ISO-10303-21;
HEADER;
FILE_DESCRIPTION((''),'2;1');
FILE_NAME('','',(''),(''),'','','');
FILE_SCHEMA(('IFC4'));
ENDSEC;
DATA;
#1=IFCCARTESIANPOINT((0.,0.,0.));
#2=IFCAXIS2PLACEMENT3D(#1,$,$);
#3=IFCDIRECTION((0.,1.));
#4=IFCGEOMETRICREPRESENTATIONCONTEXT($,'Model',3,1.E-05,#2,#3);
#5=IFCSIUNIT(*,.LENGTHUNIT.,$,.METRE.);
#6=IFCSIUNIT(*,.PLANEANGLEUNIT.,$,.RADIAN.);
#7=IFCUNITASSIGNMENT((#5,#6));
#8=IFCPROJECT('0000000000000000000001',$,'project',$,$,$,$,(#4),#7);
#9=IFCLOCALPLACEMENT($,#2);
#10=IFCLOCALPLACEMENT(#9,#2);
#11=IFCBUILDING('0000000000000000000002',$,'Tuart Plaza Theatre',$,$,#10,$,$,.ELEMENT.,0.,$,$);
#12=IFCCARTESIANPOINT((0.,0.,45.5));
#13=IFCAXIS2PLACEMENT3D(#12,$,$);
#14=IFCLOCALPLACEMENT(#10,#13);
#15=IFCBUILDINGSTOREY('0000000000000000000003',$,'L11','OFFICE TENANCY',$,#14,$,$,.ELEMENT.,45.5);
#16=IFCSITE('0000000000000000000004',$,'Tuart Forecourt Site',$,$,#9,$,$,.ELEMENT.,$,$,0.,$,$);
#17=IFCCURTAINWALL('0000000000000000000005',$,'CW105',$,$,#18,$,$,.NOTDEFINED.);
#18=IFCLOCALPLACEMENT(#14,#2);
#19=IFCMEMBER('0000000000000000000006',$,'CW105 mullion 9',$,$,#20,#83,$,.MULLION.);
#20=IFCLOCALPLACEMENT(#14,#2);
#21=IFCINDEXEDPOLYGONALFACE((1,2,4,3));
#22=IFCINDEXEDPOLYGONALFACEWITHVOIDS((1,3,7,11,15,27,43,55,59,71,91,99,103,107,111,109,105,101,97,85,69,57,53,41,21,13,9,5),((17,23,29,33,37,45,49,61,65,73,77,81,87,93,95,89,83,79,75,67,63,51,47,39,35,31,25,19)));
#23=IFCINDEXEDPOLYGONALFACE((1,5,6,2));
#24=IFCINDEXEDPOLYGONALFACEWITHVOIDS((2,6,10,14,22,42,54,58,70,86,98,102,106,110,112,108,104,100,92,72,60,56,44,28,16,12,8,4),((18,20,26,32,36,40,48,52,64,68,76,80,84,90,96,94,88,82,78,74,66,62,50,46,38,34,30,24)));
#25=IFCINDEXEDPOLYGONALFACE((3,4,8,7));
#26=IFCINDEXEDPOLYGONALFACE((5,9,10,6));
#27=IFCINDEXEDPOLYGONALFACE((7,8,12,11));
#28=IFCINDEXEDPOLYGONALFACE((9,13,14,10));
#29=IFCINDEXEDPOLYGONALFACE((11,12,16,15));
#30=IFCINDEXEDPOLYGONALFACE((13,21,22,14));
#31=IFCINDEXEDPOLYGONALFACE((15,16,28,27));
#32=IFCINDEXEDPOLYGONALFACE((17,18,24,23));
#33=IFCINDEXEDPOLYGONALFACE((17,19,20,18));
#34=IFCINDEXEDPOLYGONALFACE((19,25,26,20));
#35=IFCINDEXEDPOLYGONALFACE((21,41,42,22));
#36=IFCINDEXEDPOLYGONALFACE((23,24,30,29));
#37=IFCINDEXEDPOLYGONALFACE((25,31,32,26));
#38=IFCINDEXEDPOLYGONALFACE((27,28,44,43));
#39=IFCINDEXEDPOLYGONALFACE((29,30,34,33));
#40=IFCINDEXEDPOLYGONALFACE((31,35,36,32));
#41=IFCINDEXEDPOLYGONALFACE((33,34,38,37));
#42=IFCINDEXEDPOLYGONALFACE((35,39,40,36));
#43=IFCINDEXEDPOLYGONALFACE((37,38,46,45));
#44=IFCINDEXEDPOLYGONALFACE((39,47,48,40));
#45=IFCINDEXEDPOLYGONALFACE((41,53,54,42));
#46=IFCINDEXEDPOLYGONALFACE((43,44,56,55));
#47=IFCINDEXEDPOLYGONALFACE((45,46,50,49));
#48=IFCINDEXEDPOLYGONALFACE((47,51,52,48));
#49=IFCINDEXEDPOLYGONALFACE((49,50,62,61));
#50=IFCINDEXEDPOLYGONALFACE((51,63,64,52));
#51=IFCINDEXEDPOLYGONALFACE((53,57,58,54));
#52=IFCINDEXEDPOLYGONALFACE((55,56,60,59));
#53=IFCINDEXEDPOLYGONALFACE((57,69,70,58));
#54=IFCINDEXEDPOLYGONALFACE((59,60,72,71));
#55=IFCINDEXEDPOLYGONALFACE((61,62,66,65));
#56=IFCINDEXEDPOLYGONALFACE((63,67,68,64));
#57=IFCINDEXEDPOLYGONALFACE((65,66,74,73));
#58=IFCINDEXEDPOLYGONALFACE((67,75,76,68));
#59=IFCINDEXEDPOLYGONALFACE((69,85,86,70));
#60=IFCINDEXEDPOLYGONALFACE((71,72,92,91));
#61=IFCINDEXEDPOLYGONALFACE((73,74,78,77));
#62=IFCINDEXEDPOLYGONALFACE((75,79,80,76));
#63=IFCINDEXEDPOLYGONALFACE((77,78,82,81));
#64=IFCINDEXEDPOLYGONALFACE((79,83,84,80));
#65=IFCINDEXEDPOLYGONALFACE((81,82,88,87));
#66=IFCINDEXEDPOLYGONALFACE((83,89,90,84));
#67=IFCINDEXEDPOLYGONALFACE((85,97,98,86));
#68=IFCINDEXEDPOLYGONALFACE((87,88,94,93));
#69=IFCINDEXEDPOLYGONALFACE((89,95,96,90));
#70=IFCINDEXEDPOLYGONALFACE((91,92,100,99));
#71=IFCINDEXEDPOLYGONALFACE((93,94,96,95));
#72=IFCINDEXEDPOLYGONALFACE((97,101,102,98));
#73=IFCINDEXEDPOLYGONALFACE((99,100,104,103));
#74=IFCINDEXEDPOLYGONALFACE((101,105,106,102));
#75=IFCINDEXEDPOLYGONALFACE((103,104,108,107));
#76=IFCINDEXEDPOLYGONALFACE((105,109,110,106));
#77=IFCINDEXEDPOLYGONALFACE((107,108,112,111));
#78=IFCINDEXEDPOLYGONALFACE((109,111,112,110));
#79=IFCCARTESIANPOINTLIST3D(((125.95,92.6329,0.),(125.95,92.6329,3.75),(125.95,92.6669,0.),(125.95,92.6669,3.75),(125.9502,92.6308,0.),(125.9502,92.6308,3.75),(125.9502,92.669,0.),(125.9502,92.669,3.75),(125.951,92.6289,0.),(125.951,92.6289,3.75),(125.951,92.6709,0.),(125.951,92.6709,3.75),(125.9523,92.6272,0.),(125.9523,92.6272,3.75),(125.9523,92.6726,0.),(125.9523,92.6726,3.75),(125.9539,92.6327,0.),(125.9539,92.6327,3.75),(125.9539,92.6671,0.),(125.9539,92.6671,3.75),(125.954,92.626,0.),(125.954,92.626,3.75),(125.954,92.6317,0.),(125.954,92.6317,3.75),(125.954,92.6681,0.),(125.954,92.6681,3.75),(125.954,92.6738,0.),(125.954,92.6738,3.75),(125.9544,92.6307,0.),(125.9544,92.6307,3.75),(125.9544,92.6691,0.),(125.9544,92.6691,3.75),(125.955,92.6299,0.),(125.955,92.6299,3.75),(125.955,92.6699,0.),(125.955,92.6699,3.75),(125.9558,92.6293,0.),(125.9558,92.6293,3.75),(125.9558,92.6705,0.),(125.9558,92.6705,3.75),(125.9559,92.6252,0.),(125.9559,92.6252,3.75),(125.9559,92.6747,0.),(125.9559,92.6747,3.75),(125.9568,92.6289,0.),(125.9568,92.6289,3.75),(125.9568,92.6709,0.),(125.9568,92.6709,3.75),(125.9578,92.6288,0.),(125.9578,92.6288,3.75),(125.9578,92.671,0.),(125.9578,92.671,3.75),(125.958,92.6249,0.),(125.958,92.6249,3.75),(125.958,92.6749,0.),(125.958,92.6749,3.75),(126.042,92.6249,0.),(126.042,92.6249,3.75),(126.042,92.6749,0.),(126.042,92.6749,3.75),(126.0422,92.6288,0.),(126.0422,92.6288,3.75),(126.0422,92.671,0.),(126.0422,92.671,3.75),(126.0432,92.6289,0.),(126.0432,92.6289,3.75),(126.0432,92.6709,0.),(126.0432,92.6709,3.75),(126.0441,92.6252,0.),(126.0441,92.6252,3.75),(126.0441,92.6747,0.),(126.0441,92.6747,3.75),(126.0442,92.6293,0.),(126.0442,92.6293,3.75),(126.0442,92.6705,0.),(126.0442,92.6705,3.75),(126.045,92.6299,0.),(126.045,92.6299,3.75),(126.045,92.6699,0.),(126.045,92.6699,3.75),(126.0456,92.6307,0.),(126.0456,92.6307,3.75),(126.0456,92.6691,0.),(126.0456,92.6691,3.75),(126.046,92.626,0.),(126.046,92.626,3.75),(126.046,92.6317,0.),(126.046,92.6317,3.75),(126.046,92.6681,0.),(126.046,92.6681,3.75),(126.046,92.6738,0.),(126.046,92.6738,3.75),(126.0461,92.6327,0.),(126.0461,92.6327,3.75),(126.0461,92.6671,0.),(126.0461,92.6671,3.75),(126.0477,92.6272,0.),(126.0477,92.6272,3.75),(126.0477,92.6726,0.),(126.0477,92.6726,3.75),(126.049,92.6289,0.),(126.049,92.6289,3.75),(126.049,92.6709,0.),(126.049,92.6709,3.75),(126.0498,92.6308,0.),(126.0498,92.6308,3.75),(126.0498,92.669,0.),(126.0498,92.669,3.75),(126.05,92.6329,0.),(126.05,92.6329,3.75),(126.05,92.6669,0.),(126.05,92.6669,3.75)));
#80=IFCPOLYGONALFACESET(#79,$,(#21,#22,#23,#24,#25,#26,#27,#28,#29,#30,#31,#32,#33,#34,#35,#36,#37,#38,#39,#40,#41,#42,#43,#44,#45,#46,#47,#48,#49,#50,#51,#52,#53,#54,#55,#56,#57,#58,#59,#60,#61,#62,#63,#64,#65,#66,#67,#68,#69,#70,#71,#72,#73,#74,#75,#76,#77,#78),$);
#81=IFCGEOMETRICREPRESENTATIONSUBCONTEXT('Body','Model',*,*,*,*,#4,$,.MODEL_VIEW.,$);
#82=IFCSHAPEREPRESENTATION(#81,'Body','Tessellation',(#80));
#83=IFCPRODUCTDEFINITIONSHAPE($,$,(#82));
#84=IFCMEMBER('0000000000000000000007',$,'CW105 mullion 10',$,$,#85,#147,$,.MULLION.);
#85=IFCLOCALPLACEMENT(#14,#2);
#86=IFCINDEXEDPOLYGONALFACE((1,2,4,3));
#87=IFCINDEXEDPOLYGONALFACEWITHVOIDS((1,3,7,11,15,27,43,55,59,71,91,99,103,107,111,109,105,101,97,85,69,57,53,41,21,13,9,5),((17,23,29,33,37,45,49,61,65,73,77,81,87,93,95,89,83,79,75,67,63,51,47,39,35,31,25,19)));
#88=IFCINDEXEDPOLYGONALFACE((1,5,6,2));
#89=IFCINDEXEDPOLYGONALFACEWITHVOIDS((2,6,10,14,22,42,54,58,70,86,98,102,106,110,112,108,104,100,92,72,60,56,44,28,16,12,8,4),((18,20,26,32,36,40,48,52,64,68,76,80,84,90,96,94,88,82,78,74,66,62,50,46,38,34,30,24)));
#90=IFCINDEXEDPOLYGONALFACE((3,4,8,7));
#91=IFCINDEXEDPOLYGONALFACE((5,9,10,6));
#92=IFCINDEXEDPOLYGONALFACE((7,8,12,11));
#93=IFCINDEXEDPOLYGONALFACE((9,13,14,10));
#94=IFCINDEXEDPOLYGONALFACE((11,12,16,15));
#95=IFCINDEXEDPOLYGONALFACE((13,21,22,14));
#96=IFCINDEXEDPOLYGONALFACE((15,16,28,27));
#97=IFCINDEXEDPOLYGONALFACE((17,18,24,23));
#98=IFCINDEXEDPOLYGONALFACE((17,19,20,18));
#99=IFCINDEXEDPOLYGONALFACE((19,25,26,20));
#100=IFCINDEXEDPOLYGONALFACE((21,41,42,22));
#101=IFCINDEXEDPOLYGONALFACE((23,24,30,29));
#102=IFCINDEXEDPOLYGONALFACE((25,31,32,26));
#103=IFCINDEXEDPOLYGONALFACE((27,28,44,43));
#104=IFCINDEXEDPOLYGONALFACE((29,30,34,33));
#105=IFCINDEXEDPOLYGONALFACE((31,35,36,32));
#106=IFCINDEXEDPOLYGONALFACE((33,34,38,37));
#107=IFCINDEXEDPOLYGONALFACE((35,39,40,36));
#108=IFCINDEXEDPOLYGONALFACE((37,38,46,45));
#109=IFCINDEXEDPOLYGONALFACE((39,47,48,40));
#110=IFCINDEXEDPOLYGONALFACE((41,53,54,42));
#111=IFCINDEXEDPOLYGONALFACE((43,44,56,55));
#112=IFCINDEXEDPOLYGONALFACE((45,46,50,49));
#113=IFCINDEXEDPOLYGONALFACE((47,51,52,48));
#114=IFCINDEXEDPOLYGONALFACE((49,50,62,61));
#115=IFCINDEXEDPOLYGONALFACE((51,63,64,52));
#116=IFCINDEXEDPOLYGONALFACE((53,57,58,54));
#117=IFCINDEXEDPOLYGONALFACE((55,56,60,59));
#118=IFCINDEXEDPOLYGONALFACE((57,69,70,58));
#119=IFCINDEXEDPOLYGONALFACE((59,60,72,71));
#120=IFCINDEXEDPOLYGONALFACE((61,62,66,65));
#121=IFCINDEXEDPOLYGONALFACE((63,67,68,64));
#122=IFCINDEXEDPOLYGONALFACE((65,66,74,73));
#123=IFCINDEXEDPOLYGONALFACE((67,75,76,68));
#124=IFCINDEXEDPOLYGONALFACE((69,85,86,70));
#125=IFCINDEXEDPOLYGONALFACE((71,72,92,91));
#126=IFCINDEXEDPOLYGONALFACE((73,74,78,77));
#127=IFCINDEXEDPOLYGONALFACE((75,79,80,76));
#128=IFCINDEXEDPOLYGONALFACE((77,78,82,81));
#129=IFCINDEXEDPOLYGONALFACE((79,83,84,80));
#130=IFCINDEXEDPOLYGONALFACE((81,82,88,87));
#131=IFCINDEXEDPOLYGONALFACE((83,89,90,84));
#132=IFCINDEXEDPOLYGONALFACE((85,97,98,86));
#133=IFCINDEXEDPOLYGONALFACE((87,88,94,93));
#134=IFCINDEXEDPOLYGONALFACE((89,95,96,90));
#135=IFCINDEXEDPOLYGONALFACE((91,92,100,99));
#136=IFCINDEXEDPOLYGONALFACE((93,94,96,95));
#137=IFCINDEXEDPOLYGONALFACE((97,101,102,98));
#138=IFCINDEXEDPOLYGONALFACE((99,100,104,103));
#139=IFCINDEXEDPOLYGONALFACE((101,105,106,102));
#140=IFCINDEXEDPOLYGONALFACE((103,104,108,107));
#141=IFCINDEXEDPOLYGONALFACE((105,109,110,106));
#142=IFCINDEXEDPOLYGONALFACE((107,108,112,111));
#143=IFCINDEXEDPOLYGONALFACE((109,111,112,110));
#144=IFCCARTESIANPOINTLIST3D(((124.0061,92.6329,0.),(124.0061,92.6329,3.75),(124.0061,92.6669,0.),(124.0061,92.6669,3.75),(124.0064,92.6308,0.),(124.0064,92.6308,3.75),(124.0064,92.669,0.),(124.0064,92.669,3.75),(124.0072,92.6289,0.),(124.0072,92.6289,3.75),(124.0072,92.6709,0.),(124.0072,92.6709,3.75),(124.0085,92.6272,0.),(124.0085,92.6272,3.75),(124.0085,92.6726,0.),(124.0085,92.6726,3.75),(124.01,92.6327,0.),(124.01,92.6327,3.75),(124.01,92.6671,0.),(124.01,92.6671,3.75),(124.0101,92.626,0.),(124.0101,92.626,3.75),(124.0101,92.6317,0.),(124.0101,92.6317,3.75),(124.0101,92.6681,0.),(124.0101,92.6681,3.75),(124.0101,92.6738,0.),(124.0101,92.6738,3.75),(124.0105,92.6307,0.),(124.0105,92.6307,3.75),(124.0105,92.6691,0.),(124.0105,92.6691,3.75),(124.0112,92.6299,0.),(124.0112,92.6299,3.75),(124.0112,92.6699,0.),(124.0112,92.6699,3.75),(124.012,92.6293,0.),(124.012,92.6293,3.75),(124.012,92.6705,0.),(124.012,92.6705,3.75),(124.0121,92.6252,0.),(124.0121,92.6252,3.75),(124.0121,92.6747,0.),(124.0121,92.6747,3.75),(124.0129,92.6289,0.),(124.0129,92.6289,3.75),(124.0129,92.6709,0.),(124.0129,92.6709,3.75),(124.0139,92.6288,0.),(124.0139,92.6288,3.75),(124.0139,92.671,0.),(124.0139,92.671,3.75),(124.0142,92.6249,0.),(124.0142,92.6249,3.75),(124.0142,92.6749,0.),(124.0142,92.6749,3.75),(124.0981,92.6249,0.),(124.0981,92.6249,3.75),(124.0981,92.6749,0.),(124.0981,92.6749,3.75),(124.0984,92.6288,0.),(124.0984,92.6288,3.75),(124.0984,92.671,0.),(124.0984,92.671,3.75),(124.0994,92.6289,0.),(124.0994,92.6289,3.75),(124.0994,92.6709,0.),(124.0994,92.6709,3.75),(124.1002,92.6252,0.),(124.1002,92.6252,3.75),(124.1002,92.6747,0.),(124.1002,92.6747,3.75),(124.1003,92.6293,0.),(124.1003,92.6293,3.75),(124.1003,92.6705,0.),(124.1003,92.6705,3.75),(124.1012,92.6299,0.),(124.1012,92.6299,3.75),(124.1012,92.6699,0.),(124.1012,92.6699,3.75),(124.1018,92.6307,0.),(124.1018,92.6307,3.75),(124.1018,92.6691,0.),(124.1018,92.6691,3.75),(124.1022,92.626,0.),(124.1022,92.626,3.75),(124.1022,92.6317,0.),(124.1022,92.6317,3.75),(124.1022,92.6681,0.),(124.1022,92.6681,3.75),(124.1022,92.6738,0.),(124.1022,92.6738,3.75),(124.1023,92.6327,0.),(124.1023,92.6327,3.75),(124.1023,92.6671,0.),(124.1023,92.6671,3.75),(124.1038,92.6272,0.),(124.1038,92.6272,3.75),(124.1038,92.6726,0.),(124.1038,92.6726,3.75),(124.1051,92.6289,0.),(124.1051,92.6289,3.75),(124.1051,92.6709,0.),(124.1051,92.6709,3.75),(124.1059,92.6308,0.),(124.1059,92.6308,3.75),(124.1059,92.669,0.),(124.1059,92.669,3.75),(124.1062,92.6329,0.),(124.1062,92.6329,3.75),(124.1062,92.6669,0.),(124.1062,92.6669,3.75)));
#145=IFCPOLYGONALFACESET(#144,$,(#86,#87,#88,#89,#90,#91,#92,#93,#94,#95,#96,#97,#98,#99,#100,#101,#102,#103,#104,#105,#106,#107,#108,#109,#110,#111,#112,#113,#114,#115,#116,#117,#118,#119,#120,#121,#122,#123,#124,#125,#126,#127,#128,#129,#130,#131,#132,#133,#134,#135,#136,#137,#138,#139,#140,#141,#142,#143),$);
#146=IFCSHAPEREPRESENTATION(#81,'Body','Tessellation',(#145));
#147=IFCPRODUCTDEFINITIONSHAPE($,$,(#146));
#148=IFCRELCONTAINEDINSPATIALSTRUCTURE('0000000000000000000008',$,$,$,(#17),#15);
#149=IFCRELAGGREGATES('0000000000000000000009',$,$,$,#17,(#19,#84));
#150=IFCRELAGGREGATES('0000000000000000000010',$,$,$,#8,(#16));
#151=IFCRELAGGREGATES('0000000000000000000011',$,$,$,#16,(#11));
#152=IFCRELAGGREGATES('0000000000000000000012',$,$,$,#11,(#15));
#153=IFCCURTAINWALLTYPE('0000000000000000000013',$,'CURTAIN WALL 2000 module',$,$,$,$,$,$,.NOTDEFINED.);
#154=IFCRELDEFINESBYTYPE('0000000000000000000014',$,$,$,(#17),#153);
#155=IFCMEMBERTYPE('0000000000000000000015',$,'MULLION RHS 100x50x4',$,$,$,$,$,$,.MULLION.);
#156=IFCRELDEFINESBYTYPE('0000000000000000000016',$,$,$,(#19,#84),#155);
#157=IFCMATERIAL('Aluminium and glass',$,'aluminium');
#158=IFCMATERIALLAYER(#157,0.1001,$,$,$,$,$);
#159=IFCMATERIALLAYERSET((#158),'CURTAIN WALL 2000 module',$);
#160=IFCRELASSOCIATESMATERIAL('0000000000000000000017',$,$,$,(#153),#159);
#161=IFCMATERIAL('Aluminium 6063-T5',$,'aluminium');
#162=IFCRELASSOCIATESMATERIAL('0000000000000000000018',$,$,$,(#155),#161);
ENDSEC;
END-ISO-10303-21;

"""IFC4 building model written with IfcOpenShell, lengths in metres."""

from ifc_helpers import new_model, si_unit, direction, frame, origin, origin_2d, place, context, subcontext, project, spatial, hollow_rectangle, extrude, material, layer, layer_set, material_profile, profile_set, type_object, element, aggregate, save


model = new_model("IFC4")

# Units and contexts
model_context = context("Model", 3, precision=1e-05, world=origin(), true_north=direction((0.0, 1.0)))
body_context = subcontext(model_context, "Body", "Model", "MODEL_VIEW")
ifc_project = project(units=[si_unit("LENGTHUNIT", "METRE"), si_unit("PLANEANGLEUNIT", "RADIAN")], contexts=[model_context])

# Site, building, storey
site_placement = place(None, origin())
site = spatial("IfcSite", under=ifc_project, at=site_placement, Name="Tuart Forecourt Site", CompositionType="ELEMENT", RefElevation=0.0)
building_placement = place(site_placement, origin())
building = spatial("IfcBuilding", under=site, at=building_placement, Name="Tuart Plaza Theatre", CompositionType="ELEMENT", ElevationOfRefHeight=0.0)
storey_placement = place(building_placement, frame((0.0, 0.0, 45.5)))
storey = spatial("IfcBuildingStorey", under=building, at=storey_placement, Name="L11", Description="OFFICE TENANCY", CompositionType="ELEMENT", Elevation=45.5)

# Curtain wall, members
ifc_material_1 = material(Name="Aluminium and glass", Category="aluminium")
ifc_layer_1 = layer(ifc_material_1, 0.1001)
ifc_layer_set_1 = layer_set([ifc_layer_1], Name="CURTAIN WALL 2000 module")
curtain_wall_type = type_object("IfcCurtainWallType", Name="CURTAIN WALL 2000 module", PredefinedType="NOTDEFINED", material=ifc_layer_set_1)
curtain_wall_placement = place(storey_placement, origin())
curtain_wall = element("IfcCurtainWall", 1, at=curtain_wall_placement, inside=storey, type_object=curtain_wall_type, Name="CW105", PredefinedType="NOTDEFINED")
ifc_material_2 = material(Name="Aluminium 6063-T5", Category="aluminium")
ifc_material_profile_1 = material_profile(ifc_material_2, hollow_rectangle(XDim=0.05, YDim=0.1001, WallThickness=0.0039, InnerFilletRadius=0.0039, OuterFilletRadius=0.0081, at=origin_2d()), Name="RHS 100x50x4")
ifc_profile_set_1 = profile_set([ifc_material_profile_1], Name="Aluminium 6063-T5")
member_type_1 = type_object("IfcMemberType", Name="MULLION RHS 100x50x4", PredefinedType="MULLION", material=ifc_profile_set_1)
member_1_placement = place(storey_placement, frame((126.0, 92.6499, 0.0), z_axis=(0.0, 0.0, 1.0), x_axis=(0.0, -1.0, 0.0)))
member_1 = element("IfcMember", 2, at=member_1_placement, type_object=member_type_1, Name="CW105 mullion 9", PredefinedType="MULLION", context=body_context, shape_type="SweptSolid", body=[
    extrude(hollow_rectangle(XDim=0.05, YDim=0.1001, WallThickness=0.0039, InnerFilletRadius=0.0039, OuterFilletRadius=0.0081, at=origin_2d()), origin(), (0.0, 0.0, 1.0), 3.75),
])
member_2_placement = place(storey_placement, frame((124.0562, 92.6499, 0.0), z_axis=(0.0, 0.0, 1.0), x_axis=(0.0, -1.0, 0.0)))
member_2 = element("IfcMember", 3, at=member_2_placement, type_object=member_type_1, Name="CW105 mullion 10", PredefinedType="MULLION", context=body_context, shape_type="SweptSolid", body=[
    extrude(hollow_rectangle(XDim=0.05, YDim=0.1001, WallThickness=0.0039, InnerFilletRadius=0.0039, OuterFilletRadius=0.0081, at=origin_2d()), origin(), (0.0, 0.0, 1.0), 3.75),
])
aggregate(curtain_wall, [member_1, member_2])

save(model, "model.ifc")
